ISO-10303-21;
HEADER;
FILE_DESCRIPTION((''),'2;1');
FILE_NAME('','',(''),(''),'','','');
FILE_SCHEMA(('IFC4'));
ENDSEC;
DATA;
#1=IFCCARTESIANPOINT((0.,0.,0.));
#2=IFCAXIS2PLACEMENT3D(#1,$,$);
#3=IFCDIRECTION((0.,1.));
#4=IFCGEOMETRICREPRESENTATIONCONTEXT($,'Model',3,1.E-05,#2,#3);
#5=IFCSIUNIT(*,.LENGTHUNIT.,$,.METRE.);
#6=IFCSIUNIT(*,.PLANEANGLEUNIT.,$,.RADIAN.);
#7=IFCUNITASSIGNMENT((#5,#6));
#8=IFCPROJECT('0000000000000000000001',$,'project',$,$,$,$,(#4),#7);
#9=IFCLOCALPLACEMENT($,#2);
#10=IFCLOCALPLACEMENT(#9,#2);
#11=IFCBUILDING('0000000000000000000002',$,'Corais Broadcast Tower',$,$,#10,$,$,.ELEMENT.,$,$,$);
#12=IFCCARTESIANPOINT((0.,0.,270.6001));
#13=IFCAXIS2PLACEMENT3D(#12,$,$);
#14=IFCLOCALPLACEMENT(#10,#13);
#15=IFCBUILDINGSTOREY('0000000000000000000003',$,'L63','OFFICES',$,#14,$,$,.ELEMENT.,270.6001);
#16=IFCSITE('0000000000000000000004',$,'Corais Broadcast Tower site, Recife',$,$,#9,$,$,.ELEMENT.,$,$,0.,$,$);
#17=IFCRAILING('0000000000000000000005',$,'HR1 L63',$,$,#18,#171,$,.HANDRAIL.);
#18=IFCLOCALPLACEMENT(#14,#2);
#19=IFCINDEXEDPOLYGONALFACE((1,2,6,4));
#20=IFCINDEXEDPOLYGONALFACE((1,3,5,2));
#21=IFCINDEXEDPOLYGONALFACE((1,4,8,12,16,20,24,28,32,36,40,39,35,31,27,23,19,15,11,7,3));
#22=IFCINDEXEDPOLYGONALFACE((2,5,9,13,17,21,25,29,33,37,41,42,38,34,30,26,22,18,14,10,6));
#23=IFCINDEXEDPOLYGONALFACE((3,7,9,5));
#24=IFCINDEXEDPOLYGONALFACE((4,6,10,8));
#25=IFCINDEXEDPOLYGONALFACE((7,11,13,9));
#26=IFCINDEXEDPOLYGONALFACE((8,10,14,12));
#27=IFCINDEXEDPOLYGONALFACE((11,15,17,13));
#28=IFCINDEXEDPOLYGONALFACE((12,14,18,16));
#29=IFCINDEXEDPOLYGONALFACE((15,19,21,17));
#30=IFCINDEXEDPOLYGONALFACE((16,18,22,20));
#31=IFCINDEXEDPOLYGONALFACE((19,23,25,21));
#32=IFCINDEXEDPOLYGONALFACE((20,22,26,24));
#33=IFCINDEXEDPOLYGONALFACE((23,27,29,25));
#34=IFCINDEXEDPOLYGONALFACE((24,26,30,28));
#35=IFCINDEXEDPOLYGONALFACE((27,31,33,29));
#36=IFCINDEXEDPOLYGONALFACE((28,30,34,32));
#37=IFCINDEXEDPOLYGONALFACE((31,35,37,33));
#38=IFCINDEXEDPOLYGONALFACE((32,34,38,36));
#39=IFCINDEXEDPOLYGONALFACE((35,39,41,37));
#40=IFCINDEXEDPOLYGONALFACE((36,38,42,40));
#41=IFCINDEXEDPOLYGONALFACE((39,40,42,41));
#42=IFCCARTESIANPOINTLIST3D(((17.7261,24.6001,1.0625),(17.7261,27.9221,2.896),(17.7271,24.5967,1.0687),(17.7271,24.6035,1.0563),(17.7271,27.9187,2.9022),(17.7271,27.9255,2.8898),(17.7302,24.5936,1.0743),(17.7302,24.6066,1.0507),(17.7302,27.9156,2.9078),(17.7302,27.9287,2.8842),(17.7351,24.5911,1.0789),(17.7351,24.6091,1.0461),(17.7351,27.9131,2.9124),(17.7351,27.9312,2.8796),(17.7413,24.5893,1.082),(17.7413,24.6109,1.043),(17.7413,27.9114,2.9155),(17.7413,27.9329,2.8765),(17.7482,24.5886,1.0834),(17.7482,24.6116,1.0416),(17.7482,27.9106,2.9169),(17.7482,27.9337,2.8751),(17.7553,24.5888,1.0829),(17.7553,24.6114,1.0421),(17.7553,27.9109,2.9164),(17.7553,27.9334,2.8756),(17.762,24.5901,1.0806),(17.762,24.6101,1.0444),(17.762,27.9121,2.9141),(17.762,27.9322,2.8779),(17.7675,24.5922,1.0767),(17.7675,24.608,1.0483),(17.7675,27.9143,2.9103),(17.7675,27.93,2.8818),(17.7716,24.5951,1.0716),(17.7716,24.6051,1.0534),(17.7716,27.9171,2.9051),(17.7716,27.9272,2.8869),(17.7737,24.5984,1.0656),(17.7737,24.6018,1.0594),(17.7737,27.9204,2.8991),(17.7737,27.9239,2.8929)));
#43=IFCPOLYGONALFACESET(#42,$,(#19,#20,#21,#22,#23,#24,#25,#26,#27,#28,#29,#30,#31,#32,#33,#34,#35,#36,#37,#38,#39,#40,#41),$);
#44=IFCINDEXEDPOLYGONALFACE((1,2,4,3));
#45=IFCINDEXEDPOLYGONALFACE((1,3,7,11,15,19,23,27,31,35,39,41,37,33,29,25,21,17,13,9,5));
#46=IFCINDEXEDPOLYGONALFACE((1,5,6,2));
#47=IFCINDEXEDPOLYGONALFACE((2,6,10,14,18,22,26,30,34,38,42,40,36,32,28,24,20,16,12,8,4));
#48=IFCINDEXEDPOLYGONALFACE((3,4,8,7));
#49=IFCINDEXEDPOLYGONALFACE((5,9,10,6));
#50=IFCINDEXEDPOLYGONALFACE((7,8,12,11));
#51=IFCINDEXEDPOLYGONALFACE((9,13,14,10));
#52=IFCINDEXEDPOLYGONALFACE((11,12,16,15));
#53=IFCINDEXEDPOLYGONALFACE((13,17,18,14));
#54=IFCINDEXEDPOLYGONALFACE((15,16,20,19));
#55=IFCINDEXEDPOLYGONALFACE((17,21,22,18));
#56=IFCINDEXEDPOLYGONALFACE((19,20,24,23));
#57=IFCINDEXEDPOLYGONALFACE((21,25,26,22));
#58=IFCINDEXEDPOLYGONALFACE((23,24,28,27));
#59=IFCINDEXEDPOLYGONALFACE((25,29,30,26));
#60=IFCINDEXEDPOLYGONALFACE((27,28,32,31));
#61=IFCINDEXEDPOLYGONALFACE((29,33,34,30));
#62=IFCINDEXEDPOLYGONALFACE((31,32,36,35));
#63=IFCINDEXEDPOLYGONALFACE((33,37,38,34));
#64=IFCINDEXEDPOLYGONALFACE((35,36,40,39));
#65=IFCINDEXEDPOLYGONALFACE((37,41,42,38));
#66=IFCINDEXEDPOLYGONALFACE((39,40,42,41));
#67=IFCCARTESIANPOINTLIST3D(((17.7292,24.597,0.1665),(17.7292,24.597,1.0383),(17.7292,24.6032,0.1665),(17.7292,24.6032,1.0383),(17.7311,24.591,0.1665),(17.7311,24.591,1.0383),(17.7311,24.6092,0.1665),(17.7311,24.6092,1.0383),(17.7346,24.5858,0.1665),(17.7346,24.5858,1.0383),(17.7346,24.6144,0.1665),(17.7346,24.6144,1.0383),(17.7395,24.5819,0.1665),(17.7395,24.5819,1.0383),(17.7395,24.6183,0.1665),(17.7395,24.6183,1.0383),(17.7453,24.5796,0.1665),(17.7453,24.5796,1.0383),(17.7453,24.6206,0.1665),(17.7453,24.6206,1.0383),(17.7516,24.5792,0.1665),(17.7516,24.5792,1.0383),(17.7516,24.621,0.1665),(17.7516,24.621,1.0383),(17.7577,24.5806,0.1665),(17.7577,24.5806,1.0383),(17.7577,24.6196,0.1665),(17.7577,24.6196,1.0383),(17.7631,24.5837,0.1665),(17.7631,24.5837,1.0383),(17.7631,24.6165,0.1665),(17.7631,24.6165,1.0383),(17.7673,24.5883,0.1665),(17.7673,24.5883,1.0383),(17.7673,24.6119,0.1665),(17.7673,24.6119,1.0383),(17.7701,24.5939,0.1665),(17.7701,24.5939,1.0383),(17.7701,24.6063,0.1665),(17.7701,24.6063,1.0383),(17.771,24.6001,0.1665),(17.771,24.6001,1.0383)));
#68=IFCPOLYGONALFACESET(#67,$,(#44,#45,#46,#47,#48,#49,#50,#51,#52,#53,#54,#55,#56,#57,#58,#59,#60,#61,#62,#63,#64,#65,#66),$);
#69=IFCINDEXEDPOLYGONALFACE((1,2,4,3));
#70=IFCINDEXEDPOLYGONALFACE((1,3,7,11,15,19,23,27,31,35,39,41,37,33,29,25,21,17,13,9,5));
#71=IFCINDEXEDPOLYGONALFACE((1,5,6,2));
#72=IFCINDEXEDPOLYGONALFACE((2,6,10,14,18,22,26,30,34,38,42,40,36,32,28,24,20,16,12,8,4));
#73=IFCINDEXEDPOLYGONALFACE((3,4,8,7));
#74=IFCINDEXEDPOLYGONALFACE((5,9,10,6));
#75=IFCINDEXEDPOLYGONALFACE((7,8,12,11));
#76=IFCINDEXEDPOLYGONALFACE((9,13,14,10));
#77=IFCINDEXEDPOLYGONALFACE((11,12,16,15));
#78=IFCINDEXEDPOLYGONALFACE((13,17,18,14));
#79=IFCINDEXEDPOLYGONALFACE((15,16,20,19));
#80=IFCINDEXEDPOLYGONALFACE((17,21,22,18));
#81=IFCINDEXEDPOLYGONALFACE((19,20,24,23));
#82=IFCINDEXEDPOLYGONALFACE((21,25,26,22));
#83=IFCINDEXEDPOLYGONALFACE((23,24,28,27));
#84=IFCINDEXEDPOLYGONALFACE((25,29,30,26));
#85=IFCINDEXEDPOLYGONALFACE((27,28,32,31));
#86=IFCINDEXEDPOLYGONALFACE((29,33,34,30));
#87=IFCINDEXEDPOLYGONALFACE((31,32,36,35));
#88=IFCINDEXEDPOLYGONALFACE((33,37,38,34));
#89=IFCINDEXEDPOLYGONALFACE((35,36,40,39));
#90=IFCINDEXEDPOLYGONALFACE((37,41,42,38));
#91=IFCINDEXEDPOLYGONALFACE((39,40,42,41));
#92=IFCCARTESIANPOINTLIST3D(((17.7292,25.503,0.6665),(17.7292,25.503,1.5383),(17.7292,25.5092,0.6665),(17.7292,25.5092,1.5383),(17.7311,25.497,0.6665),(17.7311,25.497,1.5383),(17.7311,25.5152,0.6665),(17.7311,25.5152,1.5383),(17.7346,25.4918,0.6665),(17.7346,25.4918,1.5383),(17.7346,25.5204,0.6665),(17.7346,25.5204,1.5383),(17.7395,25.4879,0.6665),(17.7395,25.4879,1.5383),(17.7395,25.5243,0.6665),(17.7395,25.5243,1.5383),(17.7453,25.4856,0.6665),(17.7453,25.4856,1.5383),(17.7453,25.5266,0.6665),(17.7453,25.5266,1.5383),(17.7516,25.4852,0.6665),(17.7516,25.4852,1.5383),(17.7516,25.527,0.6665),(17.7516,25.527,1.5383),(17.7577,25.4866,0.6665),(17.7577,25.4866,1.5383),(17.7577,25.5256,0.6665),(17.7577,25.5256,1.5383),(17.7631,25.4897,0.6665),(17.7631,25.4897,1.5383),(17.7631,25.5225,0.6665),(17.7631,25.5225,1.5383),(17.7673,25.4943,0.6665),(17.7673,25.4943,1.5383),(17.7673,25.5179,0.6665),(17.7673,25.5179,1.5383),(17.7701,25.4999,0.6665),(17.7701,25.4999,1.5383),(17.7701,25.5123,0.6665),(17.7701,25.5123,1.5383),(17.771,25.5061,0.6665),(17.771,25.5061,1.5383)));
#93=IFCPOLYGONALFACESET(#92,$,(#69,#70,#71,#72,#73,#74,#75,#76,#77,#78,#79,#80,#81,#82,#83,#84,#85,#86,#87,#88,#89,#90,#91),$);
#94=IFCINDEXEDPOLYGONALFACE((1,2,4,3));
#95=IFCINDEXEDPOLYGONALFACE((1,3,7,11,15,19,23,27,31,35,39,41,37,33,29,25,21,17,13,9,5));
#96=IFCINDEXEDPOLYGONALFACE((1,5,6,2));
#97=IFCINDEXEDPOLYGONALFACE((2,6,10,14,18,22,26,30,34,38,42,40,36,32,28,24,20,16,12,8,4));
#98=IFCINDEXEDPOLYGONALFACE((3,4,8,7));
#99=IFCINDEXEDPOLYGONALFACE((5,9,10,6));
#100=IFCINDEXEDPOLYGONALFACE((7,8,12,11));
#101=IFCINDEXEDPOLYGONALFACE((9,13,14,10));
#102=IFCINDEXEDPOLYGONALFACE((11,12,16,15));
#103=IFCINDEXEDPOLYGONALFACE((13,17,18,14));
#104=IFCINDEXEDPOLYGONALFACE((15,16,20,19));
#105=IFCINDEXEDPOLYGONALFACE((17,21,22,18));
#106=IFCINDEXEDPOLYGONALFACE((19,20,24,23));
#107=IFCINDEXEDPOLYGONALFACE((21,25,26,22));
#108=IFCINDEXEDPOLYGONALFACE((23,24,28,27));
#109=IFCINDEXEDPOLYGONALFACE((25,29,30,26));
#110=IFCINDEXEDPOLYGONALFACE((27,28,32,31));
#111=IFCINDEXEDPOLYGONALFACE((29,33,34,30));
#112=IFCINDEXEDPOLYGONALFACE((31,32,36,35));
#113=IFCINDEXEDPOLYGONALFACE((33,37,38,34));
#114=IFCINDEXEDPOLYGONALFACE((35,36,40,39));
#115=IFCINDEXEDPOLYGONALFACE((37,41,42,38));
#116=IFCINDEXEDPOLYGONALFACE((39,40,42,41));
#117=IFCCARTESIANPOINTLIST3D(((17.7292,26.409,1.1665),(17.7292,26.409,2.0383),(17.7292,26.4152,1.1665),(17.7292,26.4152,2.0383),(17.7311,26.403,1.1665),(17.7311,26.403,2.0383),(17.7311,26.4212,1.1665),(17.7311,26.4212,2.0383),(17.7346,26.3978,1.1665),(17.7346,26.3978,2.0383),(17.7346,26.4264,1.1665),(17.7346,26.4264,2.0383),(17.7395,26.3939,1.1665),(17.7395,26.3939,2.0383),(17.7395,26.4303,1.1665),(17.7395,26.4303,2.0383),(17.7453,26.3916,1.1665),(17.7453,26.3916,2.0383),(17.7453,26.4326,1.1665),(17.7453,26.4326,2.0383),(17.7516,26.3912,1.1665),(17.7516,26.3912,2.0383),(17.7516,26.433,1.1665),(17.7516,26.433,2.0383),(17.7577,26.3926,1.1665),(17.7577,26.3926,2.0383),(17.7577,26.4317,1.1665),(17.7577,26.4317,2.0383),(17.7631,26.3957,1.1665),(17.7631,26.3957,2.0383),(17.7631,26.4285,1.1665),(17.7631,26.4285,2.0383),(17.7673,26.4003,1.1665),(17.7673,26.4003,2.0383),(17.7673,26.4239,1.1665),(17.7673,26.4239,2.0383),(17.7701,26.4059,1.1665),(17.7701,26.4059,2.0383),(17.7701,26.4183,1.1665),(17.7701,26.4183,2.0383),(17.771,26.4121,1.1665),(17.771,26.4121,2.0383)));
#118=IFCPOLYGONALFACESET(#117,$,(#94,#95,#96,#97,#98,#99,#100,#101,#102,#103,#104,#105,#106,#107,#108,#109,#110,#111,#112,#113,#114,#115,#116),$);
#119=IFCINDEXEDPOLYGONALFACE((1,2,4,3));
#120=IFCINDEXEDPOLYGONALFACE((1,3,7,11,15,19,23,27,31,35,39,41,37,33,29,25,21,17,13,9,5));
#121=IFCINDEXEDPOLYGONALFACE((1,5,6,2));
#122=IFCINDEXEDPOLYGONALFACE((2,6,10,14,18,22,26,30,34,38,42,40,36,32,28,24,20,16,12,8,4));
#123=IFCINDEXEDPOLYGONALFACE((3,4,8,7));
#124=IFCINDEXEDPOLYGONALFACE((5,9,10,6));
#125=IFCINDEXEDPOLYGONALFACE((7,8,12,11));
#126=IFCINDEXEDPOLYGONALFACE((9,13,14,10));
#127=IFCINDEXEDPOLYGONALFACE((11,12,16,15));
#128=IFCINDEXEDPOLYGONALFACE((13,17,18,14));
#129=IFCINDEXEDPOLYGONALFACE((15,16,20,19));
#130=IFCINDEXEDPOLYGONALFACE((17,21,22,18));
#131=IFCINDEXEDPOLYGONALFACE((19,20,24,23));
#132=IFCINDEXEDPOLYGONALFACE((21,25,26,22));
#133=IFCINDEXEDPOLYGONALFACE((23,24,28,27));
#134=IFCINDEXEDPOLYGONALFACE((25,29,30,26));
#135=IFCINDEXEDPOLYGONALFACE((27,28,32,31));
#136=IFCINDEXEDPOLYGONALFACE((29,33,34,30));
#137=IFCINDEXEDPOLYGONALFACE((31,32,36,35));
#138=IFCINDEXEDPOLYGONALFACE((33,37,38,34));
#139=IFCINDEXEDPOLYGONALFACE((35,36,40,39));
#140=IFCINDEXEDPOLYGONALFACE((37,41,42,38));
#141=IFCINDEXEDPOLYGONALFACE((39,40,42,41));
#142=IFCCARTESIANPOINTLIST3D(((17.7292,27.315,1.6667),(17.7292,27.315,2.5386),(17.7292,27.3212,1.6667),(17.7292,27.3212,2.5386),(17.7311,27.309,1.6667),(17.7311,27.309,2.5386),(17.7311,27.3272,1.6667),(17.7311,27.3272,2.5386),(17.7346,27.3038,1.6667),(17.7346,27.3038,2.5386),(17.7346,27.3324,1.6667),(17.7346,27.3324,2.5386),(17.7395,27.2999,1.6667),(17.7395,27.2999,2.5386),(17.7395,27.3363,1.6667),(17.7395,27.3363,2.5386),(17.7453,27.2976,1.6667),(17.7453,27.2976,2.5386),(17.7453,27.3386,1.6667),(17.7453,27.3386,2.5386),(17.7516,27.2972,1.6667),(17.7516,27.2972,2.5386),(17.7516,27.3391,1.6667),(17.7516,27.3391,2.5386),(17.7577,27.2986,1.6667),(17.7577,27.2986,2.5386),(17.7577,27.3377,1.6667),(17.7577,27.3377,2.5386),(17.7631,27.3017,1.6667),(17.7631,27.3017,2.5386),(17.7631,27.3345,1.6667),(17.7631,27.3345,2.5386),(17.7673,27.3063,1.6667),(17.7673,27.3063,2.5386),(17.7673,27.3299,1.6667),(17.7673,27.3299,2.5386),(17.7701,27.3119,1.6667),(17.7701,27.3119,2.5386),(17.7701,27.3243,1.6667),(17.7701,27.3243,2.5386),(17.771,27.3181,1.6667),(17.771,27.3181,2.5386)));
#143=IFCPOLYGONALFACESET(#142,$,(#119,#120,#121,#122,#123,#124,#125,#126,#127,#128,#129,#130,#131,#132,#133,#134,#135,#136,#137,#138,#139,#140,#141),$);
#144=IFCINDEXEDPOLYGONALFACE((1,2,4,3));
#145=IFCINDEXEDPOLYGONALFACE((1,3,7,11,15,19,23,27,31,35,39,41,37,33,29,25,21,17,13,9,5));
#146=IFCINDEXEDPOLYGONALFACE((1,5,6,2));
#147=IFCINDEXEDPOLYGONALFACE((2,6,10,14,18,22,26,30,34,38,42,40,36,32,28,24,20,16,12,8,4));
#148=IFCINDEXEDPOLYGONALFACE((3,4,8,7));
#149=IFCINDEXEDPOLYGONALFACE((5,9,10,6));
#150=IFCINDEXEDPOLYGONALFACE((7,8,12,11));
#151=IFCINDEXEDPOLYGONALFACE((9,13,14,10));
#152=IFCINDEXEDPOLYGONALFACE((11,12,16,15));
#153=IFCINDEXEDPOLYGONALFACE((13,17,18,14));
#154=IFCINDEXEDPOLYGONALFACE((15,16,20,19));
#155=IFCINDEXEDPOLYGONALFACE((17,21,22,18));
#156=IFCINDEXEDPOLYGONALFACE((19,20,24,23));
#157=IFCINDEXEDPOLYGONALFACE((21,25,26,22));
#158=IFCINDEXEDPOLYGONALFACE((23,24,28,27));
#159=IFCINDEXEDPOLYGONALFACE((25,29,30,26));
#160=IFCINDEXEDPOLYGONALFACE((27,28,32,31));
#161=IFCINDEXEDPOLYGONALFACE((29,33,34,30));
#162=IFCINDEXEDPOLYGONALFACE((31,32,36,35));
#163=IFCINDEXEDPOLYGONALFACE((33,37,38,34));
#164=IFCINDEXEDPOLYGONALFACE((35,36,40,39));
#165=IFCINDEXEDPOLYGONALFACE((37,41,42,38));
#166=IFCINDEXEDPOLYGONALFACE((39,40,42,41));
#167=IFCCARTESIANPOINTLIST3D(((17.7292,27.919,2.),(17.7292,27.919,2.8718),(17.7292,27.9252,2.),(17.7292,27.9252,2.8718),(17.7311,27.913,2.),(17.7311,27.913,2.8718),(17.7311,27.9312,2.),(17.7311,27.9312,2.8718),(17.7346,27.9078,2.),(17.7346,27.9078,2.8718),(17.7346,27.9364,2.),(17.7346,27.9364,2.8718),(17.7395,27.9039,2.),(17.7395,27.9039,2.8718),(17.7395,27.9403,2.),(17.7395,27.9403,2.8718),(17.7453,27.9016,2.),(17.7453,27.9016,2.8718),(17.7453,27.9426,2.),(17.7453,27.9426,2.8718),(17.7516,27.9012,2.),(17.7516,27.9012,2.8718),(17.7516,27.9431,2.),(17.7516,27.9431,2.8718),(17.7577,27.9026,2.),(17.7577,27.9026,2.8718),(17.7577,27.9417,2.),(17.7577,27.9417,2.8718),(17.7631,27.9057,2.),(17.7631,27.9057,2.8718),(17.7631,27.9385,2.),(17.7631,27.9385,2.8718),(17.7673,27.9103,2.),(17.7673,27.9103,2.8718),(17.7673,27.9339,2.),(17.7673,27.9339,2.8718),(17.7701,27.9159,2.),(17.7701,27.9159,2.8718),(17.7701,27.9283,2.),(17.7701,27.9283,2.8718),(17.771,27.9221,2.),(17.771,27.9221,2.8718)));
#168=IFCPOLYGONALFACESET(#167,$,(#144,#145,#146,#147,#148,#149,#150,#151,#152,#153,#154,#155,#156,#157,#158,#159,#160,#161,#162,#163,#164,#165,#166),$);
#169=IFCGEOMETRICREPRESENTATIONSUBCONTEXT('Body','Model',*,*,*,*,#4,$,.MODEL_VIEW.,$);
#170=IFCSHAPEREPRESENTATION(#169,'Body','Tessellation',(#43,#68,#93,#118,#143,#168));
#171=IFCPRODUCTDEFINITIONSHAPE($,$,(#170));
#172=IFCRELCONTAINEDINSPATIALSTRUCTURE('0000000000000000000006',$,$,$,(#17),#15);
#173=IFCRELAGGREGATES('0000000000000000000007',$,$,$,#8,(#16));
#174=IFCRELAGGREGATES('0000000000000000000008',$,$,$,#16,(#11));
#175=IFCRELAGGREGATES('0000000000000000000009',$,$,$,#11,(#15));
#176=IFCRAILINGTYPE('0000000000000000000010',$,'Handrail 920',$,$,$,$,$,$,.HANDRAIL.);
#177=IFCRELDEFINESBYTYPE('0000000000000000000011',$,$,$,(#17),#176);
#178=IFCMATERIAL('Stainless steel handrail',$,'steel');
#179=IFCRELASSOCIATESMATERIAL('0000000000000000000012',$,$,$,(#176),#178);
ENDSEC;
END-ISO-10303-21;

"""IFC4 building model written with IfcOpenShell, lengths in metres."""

from ifc_helpers import new_model, si_unit, direction, frame, origin, origin_2d, place, context, subcontext, project, spatial, circle, extrude, material, type_object, element, save


model = new_model("IFC4")

# Units and contexts
model_context = context("Model", 3, precision=1e-05, world=origin(), true_north=direction((0.0, 1.0)))
body_context = subcontext(model_context, "Body", "Model", "MODEL_VIEW")
ifc_project = project(units=[si_unit("LENGTHUNIT", "METRE"), si_unit("PLANEANGLEUNIT", "RADIAN")], contexts=[model_context])

# Site, building, storey
site_placement = place(None, origin())
site = spatial("IfcSite", under=ifc_project, at=site_placement, Name="Corais Broadcast Tower site, Recife", CompositionType="ELEMENT", RefElevation=0.0)
building_placement = place(site_placement, origin())
building = spatial("IfcBuilding", under=site, at=building_placement, Name="Corais Broadcast Tower", CompositionType="ELEMENT")
storey_placement = place(building_placement, frame((0.0, 0.0, 270.6001)))
storey = spatial("IfcBuildingStorey", under=building, at=storey_placement, Name="L63", Description="OFFICES", CompositionType="ELEMENT", Elevation=270.6001)

# Railing
ifc_material_1 = material(Name="Stainless steel handrail", Category="steel")
railing_type = type_object("IfcRailingType", Name="Handrail 920", PredefinedType="HANDRAIL", material=ifc_material_1)
for number, where, name in (
    (1, (17.75, 24.6001, 0.1665), "HR1 L63"),
):
    element("IfcRailing", number, at=place(storey_placement, frame(where)), inside=storey, type_object=railing_type, Name=name, PredefinedType="HANDRAIL", context=body_context, shape_type="SweptSolid", body=[
        extrude(circle(Radius=0.0239, at=origin_2d()), frame((0.0, 0.0, 0.896), z_axis=(0.0, 0.875504, 0.48321), x_axis=(-1.0, 0.0, 0.0)), (0.0, 0.0, 1.0), 3.7944),
        extrude(circle(Radius=0.021, at=origin_2d()), origin(), (0.0, 0.0, 1.0), 0.8718),
        extrude(circle(Radius=0.021, at=origin_2d()), frame((0.0, 0.906, 0.5)), (0.0, 0.0, 1.0), 0.8718),
        extrude(circle(Radius=0.021, at=origin_2d()), frame((0.0, 1.812, 1.0)), (0.0, 0.0, 1.0), 0.8718),
        extrude(circle(Radius=0.021, at=origin_2d()), frame((0.0, 2.718, 1.5002)), (0.0, 0.0, 1.0), 0.8718),
        extrude(circle(Radius=0.021, at=origin_2d()), frame((0.0, 3.322, 1.8335)), (0.0, 0.0, 1.0), 0.8718),
    ])

save(model, "model.ifc")
